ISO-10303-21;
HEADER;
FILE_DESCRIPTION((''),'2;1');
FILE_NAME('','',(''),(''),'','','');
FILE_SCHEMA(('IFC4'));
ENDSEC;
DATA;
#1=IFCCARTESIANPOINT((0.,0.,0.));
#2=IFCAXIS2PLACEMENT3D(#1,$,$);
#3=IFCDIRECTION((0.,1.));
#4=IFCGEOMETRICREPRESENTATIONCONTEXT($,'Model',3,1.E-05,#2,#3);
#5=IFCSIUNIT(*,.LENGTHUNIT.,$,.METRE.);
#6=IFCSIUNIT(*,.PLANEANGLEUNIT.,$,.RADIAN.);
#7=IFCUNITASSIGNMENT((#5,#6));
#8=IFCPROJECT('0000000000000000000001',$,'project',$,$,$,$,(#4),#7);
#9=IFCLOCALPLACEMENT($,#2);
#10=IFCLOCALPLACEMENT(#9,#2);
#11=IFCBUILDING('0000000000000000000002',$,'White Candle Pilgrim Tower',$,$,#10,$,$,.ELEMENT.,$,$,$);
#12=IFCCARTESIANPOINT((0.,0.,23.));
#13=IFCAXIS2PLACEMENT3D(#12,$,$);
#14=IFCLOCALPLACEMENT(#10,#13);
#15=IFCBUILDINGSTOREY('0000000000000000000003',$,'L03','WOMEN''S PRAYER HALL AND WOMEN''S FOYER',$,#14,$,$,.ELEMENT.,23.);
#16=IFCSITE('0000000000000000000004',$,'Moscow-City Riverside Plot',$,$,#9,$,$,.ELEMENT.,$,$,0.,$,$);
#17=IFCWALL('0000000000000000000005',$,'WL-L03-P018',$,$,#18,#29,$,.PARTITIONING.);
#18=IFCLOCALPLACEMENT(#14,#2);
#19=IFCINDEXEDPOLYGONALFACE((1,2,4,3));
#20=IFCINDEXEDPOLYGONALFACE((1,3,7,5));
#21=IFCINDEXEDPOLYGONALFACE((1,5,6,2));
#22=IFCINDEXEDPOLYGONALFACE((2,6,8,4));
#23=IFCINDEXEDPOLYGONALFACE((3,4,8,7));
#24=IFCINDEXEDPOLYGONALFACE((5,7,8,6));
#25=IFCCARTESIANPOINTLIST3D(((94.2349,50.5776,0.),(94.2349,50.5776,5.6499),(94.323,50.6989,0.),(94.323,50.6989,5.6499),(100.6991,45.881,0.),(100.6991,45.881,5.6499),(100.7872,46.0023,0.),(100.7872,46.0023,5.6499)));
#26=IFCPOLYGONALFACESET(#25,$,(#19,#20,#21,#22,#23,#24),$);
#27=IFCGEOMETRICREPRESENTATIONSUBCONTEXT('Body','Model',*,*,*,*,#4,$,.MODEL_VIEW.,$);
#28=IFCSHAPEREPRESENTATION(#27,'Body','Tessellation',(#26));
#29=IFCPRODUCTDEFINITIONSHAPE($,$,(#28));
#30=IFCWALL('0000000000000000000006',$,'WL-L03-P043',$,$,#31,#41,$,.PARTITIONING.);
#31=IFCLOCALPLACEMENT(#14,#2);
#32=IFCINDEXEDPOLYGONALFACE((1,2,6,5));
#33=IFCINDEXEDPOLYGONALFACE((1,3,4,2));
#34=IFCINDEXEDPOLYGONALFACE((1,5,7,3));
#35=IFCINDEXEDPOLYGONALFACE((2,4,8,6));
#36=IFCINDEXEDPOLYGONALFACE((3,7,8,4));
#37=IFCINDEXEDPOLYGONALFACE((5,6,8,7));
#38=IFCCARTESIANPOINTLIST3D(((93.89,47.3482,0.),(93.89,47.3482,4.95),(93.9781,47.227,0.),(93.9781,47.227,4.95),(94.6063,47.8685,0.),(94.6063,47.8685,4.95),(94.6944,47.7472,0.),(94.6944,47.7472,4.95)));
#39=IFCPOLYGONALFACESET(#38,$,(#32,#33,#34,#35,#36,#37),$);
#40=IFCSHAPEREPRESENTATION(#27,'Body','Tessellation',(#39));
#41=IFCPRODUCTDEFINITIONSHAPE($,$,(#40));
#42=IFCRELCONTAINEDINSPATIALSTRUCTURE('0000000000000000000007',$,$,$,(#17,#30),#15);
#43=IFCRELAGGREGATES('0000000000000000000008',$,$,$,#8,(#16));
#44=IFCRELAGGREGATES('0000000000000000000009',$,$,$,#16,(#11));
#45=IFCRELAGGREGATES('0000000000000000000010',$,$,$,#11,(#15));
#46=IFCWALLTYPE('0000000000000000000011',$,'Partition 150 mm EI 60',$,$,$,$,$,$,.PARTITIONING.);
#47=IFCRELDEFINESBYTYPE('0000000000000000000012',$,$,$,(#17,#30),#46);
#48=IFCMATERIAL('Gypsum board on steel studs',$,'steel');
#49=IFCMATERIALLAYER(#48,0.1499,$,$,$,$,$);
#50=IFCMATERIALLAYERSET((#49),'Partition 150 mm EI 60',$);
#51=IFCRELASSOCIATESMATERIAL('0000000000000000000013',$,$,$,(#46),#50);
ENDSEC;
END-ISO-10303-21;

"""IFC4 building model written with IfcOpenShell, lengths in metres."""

from ifc_helpers import new_model, si_unit, direction, frame, frame_2d, origin, place, context, subcontext, project, spatial, rectangle, extrude, material, layer, layer_set, type_object, element, save


model = new_model("IFC4")

# Units and contexts
model_context = context("Model", 3, precision=1e-05, world=origin(), true_north=direction((0.0, 1.0)))
body_context = subcontext(model_context, "Body", "Model", "MODEL_VIEW")
ifc_project = project(units=[si_unit("LENGTHUNIT", "METRE"), si_unit("PLANEANGLEUNIT", "RADIAN")], contexts=[model_context])

# Site, building, storey
site_placement = place(None, origin())
site = spatial("IfcSite", under=ifc_project, at=site_placement, Name="Moscow-City Riverside Plot", CompositionType="ELEMENT", RefElevation=0.0)
building_placement = place(site_placement, origin())
building = spatial("IfcBuilding", under=site, at=building_placement, Name="White Candle Pilgrim Tower", CompositionType="ELEMENT")
storey_placement = place(building_placement, frame((0.0, 0.0, 23.0)))
storey = spatial("IfcBuildingStorey", under=building, at=storey_placement, Name="L03", Description="WOMEN'S PRAYER HALL AND WOMEN'S FOYER", CompositionType="ELEMENT", Elevation=23.0)

# Walls
ifc_material_1 = material(Name="Gypsum board on steel studs", Category="steel")
ifc_layer_1 = layer(ifc_material_1, 0.1499)
ifc_layer_set_1 = layer_set([ifc_layer_1], Name="Partition 150 mm EI 60")
wall_type_1 = type_object("IfcWallType", Name="Partition 150 mm EI 60", PredefinedType="PARTITIONING", material=ifc_layer_set_1)
wall_1_placement = place(storey_placement, frame((100.7432, 45.9417, 0.0), z_axis=(0.0, 0.0, 1.0), x_axis=(-0.809012, 0.587792, 0.0)))
element("IfcWall", 1, at=wall_1_placement, inside=storey, type_object=wall_type_1, Name="WL-L03-P018", PredefinedType="PARTITIONING", context=body_context, shape_type="SweptSolid", body=[
    extrude(rectangle(XDim=7.9902, YDim=0.1499, at=frame_2d((3.9951, 0.0))), origin(), (0.0, 0.0, 1.0), 5.6499),
])
wall_2_placement = place(storey_placement, frame((93.9341, 47.2876, 0.0), z_axis=(0.0, 0.0, 1.0), x_axis=(0.809106, 0.587663, 0.0)))
element("IfcWall", 2, at=wall_2_placement, inside=storey, type_object=wall_type_1, Name="WL-L03-P043", PredefinedType="PARTITIONING", context=body_context, shape_type="SweptSolid", body=[
    extrude(rectangle(XDim=0.8853, YDim=0.1499, at=frame_2d((0.4426, 0.0))), origin(), (0.0, 0.0, 1.0), 4.95),
])

save(model, "model.ifc")
